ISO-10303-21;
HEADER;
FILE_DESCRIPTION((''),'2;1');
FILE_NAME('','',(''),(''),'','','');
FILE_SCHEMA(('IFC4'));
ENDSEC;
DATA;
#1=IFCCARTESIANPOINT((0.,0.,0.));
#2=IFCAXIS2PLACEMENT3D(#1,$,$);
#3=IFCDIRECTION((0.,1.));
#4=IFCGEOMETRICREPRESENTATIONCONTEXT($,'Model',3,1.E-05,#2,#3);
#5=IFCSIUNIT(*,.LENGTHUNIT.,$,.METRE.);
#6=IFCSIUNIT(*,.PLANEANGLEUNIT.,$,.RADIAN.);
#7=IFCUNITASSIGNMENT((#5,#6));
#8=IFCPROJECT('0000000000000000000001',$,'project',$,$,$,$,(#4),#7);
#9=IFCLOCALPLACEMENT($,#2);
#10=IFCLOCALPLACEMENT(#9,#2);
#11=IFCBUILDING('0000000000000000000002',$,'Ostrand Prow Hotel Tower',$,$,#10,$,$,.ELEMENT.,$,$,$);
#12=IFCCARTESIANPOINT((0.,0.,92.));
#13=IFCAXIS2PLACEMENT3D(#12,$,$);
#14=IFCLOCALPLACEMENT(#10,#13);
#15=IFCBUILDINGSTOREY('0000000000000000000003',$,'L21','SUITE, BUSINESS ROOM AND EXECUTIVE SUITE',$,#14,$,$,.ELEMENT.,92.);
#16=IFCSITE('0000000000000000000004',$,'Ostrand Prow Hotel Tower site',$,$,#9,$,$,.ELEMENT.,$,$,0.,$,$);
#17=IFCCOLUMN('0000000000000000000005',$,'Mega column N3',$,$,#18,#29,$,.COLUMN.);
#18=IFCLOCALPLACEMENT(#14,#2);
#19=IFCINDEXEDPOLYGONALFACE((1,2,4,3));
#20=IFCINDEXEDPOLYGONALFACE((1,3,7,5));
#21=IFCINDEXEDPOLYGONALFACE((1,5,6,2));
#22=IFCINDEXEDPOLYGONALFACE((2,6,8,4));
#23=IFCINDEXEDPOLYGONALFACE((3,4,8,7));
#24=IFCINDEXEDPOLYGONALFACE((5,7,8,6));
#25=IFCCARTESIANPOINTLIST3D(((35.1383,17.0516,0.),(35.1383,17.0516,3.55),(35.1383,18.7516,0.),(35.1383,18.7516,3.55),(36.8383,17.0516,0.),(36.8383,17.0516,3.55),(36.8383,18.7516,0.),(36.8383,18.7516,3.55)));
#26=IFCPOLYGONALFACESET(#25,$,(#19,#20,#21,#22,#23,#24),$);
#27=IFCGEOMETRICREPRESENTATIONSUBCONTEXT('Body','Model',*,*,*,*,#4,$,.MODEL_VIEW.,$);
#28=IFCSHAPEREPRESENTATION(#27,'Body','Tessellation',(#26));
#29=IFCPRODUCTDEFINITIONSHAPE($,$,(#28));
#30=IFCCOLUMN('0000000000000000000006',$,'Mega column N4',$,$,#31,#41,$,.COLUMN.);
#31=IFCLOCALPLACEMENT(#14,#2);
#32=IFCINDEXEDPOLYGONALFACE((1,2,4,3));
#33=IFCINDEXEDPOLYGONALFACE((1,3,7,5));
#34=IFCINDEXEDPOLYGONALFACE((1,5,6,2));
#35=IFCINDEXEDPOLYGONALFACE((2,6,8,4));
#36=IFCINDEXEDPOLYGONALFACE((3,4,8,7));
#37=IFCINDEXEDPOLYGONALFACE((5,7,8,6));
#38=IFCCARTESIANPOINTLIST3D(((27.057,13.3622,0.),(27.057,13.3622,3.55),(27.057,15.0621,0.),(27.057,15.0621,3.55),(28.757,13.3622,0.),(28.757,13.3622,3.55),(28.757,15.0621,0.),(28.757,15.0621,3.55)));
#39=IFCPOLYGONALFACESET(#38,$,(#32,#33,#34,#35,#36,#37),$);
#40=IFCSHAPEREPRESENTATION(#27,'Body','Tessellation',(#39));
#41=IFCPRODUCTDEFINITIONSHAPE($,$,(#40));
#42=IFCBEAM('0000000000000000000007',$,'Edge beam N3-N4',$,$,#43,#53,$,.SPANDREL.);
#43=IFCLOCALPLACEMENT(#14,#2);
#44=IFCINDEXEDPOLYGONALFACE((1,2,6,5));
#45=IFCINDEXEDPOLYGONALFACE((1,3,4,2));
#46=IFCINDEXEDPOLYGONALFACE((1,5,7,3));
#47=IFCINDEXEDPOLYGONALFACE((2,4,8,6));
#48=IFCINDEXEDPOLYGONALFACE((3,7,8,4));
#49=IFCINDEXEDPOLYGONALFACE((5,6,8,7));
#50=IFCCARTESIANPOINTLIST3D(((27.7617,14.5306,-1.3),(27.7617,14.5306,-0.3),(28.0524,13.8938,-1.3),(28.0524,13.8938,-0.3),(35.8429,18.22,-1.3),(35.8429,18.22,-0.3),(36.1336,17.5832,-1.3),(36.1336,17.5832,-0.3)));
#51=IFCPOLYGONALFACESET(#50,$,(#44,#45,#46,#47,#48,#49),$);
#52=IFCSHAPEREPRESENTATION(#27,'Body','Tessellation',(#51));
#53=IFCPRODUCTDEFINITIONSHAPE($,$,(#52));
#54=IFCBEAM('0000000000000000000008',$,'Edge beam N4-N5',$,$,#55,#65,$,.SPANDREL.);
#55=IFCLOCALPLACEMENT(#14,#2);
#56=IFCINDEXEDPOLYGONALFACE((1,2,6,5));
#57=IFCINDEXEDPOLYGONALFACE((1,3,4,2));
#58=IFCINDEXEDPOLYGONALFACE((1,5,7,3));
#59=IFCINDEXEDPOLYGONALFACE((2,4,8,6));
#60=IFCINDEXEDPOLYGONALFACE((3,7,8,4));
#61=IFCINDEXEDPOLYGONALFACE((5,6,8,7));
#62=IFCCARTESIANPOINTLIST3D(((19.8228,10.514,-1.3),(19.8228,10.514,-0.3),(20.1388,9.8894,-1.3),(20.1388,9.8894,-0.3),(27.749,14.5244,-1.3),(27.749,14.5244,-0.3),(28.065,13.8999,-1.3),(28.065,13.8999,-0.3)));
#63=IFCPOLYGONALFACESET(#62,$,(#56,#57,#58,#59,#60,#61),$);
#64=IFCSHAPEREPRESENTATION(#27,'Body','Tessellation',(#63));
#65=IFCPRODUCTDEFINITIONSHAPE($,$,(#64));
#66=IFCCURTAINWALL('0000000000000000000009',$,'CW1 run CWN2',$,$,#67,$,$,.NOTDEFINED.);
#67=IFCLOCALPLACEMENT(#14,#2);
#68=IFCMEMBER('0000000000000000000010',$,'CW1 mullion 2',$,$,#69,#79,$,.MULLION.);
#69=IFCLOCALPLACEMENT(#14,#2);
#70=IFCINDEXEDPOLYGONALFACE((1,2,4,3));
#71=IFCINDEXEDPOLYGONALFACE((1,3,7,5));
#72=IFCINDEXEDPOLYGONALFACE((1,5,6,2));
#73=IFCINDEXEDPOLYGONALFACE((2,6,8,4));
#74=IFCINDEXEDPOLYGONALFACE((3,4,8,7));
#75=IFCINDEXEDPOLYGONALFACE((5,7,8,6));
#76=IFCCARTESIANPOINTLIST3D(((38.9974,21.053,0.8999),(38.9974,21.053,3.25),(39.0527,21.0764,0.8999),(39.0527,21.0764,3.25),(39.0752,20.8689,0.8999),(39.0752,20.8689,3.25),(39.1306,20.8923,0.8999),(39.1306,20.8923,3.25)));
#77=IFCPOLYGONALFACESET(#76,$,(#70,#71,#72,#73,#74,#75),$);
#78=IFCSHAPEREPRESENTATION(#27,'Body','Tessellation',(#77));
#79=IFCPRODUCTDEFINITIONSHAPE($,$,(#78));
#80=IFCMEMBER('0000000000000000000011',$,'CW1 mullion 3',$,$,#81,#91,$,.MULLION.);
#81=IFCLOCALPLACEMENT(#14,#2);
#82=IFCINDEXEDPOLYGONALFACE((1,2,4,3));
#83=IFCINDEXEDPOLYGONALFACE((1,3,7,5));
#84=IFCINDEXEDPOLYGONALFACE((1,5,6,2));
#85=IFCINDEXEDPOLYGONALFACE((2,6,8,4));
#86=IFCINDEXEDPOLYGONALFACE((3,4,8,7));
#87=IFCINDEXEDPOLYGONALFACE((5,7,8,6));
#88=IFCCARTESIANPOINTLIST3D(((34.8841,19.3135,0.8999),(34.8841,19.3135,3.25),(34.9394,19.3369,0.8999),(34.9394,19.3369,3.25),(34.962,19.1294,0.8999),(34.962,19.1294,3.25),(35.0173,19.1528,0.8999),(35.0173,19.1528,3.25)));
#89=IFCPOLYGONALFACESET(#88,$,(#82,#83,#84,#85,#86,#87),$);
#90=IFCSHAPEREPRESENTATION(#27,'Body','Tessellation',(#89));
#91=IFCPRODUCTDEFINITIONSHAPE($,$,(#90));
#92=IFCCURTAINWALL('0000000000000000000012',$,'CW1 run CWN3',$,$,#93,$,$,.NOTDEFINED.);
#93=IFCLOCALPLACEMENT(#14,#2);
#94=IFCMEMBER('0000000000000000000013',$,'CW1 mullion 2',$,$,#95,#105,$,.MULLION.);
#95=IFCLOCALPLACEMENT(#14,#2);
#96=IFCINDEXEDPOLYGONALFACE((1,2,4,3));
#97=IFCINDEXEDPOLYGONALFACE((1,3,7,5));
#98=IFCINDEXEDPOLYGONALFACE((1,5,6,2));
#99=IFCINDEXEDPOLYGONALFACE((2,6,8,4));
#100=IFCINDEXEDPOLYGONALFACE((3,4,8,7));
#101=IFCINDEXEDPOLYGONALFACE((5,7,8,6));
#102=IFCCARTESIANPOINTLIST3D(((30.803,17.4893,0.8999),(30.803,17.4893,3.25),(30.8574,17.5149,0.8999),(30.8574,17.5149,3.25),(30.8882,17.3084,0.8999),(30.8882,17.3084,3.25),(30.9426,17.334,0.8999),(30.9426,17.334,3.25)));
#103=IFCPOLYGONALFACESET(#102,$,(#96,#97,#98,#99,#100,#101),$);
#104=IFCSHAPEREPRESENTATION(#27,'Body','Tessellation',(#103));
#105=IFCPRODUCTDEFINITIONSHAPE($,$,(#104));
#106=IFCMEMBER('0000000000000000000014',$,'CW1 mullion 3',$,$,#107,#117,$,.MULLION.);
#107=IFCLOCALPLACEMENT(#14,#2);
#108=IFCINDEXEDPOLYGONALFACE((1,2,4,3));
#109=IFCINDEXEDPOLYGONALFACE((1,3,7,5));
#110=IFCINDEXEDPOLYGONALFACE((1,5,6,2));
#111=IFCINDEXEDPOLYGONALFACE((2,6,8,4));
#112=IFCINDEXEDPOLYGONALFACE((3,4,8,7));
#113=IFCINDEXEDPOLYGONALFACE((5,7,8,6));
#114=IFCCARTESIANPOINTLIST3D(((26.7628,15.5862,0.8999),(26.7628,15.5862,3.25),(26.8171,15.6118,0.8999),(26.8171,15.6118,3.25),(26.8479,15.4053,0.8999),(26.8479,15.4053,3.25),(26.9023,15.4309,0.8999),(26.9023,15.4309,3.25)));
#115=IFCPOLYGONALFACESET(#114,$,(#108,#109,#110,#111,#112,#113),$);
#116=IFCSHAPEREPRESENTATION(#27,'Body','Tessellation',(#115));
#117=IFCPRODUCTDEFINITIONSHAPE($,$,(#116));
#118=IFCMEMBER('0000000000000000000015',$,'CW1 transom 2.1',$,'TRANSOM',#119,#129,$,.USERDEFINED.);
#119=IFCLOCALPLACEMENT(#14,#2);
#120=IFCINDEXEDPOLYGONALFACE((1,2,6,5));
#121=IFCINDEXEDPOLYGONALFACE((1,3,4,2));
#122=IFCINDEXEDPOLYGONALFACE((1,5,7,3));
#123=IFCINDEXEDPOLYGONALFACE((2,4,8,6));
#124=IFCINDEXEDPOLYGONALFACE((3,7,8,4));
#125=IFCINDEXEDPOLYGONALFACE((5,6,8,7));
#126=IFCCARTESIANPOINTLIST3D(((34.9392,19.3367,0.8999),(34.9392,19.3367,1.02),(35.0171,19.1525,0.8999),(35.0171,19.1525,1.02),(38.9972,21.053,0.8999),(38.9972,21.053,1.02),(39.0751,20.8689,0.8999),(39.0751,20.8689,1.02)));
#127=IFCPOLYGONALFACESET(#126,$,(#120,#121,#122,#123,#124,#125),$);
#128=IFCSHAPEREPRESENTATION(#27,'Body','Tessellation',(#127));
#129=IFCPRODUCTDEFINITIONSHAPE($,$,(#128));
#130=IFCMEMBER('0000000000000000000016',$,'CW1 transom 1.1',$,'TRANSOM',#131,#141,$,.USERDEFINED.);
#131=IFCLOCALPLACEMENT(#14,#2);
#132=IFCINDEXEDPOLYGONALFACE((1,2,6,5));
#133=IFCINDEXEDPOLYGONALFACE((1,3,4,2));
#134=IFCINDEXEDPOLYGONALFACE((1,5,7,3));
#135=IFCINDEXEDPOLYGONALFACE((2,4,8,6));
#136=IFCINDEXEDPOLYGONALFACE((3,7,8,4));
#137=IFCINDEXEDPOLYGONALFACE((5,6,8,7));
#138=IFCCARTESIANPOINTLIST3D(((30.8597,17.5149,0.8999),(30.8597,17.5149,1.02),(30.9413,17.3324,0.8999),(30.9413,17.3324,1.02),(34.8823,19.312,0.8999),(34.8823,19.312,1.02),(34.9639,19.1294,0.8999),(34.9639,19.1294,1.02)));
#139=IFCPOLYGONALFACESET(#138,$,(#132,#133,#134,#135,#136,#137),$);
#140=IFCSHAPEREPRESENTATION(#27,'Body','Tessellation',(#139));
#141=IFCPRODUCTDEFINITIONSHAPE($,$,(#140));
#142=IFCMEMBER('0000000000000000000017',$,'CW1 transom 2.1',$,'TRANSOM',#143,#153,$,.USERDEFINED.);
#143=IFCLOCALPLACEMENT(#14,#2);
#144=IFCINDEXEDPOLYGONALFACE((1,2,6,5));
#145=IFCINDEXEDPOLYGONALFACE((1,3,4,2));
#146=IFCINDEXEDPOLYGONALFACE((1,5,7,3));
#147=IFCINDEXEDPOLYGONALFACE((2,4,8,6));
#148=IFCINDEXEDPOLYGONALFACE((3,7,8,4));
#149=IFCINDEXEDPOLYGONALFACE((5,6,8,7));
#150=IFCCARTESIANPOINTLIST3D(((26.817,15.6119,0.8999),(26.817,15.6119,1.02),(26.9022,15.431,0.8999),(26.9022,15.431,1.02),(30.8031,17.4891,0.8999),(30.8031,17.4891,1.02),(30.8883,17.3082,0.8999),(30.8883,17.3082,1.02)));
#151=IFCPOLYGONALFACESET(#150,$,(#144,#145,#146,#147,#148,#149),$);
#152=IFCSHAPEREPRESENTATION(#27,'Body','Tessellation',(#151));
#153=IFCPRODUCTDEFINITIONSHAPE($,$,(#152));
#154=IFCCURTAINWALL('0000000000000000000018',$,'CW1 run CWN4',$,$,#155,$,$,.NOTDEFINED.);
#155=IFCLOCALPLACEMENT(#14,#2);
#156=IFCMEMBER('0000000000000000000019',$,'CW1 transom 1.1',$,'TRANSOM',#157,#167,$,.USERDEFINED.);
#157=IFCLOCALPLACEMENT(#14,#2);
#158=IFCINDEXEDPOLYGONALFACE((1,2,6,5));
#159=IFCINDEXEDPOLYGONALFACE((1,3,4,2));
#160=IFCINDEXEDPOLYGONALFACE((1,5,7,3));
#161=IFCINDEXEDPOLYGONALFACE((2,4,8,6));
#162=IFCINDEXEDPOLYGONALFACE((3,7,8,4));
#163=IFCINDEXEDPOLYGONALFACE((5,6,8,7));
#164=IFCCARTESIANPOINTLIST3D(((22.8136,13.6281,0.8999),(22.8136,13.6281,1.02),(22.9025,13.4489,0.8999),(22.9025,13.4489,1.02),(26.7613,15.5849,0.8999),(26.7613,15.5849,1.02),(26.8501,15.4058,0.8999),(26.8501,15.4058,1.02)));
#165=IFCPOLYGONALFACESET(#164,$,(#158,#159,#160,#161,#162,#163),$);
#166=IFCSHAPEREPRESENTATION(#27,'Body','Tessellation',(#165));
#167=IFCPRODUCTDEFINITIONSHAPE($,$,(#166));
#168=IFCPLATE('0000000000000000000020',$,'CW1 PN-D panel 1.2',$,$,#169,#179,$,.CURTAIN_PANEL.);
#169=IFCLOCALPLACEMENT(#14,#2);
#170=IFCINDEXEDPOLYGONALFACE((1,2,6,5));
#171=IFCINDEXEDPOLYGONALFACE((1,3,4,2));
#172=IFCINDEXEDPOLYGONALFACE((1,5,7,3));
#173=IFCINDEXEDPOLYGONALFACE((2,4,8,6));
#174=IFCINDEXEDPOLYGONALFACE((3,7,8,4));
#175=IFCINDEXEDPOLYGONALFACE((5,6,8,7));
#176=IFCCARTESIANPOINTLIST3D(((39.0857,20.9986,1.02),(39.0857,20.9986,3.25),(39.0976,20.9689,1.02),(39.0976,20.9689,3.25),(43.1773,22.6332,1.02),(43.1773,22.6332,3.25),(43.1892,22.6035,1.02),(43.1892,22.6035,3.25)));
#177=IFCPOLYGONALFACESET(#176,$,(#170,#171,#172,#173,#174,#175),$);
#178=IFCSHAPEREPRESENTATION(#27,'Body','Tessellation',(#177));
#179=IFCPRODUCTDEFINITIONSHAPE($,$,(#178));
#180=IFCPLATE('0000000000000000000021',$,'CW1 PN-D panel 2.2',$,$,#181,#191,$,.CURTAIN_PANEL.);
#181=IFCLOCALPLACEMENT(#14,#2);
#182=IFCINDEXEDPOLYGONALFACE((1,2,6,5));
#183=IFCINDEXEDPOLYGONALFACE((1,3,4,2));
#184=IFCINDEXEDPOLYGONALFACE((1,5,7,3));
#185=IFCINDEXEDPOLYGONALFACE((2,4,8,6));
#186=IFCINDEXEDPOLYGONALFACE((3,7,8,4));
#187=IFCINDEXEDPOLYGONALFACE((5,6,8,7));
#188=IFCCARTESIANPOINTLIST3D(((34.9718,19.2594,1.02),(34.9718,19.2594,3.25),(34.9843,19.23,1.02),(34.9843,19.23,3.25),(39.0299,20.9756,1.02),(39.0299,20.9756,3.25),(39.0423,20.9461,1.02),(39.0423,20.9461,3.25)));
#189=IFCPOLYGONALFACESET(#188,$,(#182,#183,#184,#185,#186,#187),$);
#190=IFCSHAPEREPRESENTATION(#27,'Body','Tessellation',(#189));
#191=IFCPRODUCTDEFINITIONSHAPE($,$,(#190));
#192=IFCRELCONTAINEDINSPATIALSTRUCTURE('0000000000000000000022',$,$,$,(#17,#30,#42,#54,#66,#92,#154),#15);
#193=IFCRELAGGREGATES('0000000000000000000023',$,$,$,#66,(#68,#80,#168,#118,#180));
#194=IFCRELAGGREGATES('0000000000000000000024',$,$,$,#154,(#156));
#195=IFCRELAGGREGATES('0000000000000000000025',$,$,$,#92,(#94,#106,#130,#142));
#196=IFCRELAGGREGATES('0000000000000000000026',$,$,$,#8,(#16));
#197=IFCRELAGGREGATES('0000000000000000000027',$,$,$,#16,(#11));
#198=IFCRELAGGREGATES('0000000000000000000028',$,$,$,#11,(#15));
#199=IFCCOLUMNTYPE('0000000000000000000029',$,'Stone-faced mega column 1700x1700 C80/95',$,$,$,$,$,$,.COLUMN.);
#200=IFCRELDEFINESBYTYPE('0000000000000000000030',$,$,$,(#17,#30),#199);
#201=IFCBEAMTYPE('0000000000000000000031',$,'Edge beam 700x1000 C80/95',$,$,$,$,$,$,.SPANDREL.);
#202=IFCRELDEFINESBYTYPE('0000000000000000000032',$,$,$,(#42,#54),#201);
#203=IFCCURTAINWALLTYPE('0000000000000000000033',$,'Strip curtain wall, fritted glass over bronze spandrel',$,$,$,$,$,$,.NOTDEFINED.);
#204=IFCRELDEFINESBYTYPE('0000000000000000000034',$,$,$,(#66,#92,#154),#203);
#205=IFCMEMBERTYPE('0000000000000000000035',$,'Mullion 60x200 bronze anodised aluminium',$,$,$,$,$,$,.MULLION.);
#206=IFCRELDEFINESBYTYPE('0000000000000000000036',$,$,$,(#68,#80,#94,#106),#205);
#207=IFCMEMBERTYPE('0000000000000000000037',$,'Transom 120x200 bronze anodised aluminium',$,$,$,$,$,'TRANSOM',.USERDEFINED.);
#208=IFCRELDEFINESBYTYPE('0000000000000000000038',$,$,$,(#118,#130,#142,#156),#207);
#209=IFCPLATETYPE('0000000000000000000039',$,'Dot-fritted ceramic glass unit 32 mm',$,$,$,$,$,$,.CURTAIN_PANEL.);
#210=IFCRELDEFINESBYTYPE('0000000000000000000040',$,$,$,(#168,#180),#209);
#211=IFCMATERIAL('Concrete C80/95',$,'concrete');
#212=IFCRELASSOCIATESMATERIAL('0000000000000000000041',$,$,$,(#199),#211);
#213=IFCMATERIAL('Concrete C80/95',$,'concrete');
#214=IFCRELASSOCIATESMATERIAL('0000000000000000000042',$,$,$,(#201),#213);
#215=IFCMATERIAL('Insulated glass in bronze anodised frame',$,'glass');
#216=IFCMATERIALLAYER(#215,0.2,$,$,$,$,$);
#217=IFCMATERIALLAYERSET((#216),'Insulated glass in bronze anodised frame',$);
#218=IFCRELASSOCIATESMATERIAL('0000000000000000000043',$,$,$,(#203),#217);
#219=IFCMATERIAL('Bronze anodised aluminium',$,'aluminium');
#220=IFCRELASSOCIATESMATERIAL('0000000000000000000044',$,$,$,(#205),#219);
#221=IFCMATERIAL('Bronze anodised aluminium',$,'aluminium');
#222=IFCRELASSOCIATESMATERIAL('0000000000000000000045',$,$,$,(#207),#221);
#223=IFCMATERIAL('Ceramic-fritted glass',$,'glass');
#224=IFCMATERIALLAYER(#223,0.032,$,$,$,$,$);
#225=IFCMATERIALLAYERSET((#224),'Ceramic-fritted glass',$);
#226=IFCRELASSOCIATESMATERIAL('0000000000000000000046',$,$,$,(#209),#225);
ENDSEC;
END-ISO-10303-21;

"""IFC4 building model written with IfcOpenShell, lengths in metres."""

from ifc_helpers import new_model, si_unit, direction, frame, origin, origin_2d, place, context, subcontext, project, spatial, rectangle, extrude, material, layer, layer_set, material_profile, profile_set, type_object, element, aggregate, save


model = new_model("IFC4")

# Units and contexts
model_context = context("Model", 3, precision=1e-05, world=origin(), true_north=direction((0.0, 1.0)))
body_context = subcontext(model_context, "Body", "Model", "MODEL_VIEW")
ifc_project = project(units=[si_unit("LENGTHUNIT", "METRE"), si_unit("PLANEANGLEUNIT", "RADIAN")], contexts=[model_context])

# Site, building, storey
site_placement = place(None, origin())
site = spatial("IfcSite", under=ifc_project, at=site_placement, Name="Ostrand Prow Hotel Tower site", CompositionType="ELEMENT", RefElevation=0.0)
building_placement = place(site_placement, origin())
building = spatial("IfcBuilding", under=site, at=building_placement, Name="Ostrand Prow Hotel Tower", CompositionType="ELEMENT")
storey_placement = place(building_placement, frame((0.0, 0.0, 92.0)))
storey = spatial("IfcBuildingStorey", under=building, at=storey_placement, Name="L21", Description="SUITE, BUSINESS ROOM AND EXECUTIVE SUITE", CompositionType="ELEMENT", Elevation=92.0)

# Columns
ifc_material_1 = material(Name="Concrete C80/95", Category="concrete")
ifc_material_profile_1 = material_profile(ifc_material_1, rectangle(XDim=1.7, YDim=1.7, at=origin_2d()), Name="RC 1700x1700")
ifc_profile_set_1 = profile_set([ifc_material_profile_1], Name="Concrete C80/95")
column_type = type_object("IfcColumnType", Name="Stone-faced mega column 1700x1700 C80/95", PredefinedType="COLUMN", material=ifc_profile_set_1)
for number, where, z_axis, x_axis, name in (
    (1, (35.9883, 17.9016, 0.0), (0.0, 0.0, 1.0), (1.0, 0.0, 0.0), "Mega column N3"),
    (2, (27.907, 14.2122, 0.0), (0.0, 0.0, 1.0), (1.0, 0.0, 0.0), "Mega column N4"),
):
    element("IfcColumn", number, at=place(storey_placement, frame(where, z_axis=z_axis, x_axis=x_axis)), inside=storey, type_object=column_type, Name=name, PredefinedType="COLUMN", context=body_context, shape_type="SweptSolid", body=[
        extrude(rectangle(XDim=1.7, YDim=1.7, at=origin_2d()), origin(), (0.0, 0.0, 1.0), 3.55),
    ])

# Beams
ifc_material_2 = material(Name="Concrete C80/95", Category="concrete")
ifc_material_profile_2 = material_profile(ifc_material_2, rectangle(XDim=0.7, YDim=1.0, at=origin_2d()), Name="RC 700x1000")
ifc_profile_set_2 = profile_set([ifc_material_profile_2], Name="Concrete C80/95")
beam_type = type_object("IfcBeamType", Name="Edge beam 700x1000 C80/95", PredefinedType="SPANDREL", material=ifc_profile_set_2)
beam_1_placement = place(storey_placement, frame((35.9883, 17.9016, -0.8), z_axis=(-0.909681, -0.415308, 0.0), x_axis=(0.415308, -0.909681, 0.0)))
element("IfcBeam", 3, at=beam_1_placement, inside=storey, type_object=beam_type, Name="Edge beam N3-N4", PredefinedType="SPANDREL", context=body_context, shape_type="SweptSolid", body=[
    extrude(rectangle(XDim=0.7, YDim=1.0, at=origin_2d()), origin(), (0.0, 0.0, 1.0), 8.8835),
])
beam_2_placement = place(storey_placement, frame((27.907, 14.2122, -0.8), z_axis=(-0.892284, -0.451474, 0.0), x_axis=(0.451474, -0.892284, 0.0)))
element("IfcBeam", 4, at=beam_2_placement, inside=storey, type_object=beam_type, Name="Edge beam N4-N5", PredefinedType="SPANDREL", context=body_context, shape_type="SweptSolid", body=[
    extrude(rectangle(XDim=0.7, YDim=1.0, at=origin_2d()), origin(), (0.0, 0.0, 1.0), 8.8831),
])

# Curtain walls, members
ifc_material_3 = material(Name="Insulated glass in bronze anodised frame", Category="glass")
ifc_layer_1 = layer(ifc_material_3, 0.2)
ifc_layer_set_1 = layer_set([ifc_layer_1], Name="Insulated glass in bronze anodised frame")
curtain_wall_type = type_object("IfcCurtainWallType", Name="Strip curtain wall, fritted glass over bronze spandrel", PredefinedType="NOTDEFINED", material=ifc_layer_set_1)
curtain_wall_1_placement = place(storey_placement, origin())
curtain_wall_1 = element("IfcCurtainWall", 5, at=curtain_wall_1_placement, inside=storey, type_object=curtain_wall_type, Name="CW1 run CWN2", PredefinedType="NOTDEFINED")
ifc_material_4 = material(Name="Bronze anodised aluminium", Category="aluminium")
ifc_material_profile_3 = material_profile(ifc_material_4, rectangle(XDim=0.2, YDim=0.0601, at=origin_2d()), Name="Mullion 60x200 bronze anodised aluminium")
ifc_profile_set_3 = profile_set([ifc_material_profile_3], Name="Bronze anodised aluminium")
member_type_1 = type_object("IfcMemberType", Name="Mullion 60x200 bronze anodised aluminium", PredefinedType="MULLION", material=ifc_profile_set_3)
member_1_placement = place(storey_placement, frame((39.064, 20.9727, 0.8999), z_axis=(0.0, 0.0, 1.0), x_axis=(0.389507, -0.921024, 0.0)))
member_1 = element("IfcMember", 6, at=member_1_placement, type_object=member_type_1, Name="CW1 mullion 2", PredefinedType="MULLION", context=body_context, shape_type="SweptSolid", body=[
    extrude(rectangle(XDim=0.2, YDim=0.0601, at=origin_2d()), origin(), (0.0, 0.0, 1.0), 2.3501),
])
member_2_placement = place(storey_placement, frame((34.9507, 19.2332, 0.8999), z_axis=(0.0, 0.0, 1.0), x_axis=(0.389507, -0.921024, 0.0)))
member_2 = element("IfcMember", 7, at=member_2_placement, type_object=member_type_1, Name="CW1 mullion 3", PredefinedType="MULLION", context=body_context, shape_type="SweptSolid", body=[
    extrude(rectangle(XDim=0.2, YDim=0.0601, at=origin_2d()), origin(), (0.0, 0.0, 1.0), 2.3501),
])
curtain_wall_2_placement = place(storey_placement, origin())
curtain_wall_2 = element("IfcCurtainWall", 8, at=curtain_wall_2_placement, inside=storey, type_object=curtain_wall_type, Name="CW1 run CWN3", PredefinedType="NOTDEFINED")
member_3_placement = place(storey_placement, frame((30.8728, 17.4116, 0.8999), z_axis=(0.0, 0.0, 1.0), x_axis=(0.426079, -0.904686, 0.0)))
member_3 = element("IfcMember", 9, at=member_3_placement, type_object=member_type_1, Name="CW1 mullion 2", PredefinedType="MULLION", context=body_context, shape_type="SweptSolid", body=[
    extrude(rectangle(XDim=0.2, YDim=0.0601, at=origin_2d()), origin(), (0.0, 0.0, 1.0), 2.3501),
])
member_4_placement = place(storey_placement, frame((26.8325, 15.5085, 0.8999), z_axis=(0.0, 0.0, 1.0), x_axis=(0.426079, -0.904686, 0.0)))
member_4 = element("IfcMember", 10, at=member_4_placement, type_object=member_type_1, Name="CW1 mullion 3", PredefinedType="MULLION", context=body_context, shape_type="SweptSolid", body=[
    extrude(rectangle(XDim=0.2, YDim=0.0601, at=origin_2d()), origin(), (0.0, 0.0, 1.0), 2.3501),
])

# Members
ifc_material_5 = material(Name="Bronze anodised aluminium", Category="aluminium")
ifc_material_profile_4 = material_profile(ifc_material_5, rectangle(XDim=0.2, YDim=0.1201, at=origin_2d()), Name="Transom 120x200 bronze anodised aluminium")
ifc_profile_set_4 = profile_set([ifc_material_profile_4], Name="Bronze anodised aluminium")
member_type_2 = type_object("IfcMemberType", Name="Transom 120x200 bronze anodised aluminium", ElementType="TRANSOM", PredefinedType="USERDEFINED", material=ifc_profile_set_4)
member_5_placement = place(storey_placement, frame((39.0361, 20.9609, 0.96), z_axis=(-0.921006, -0.389548, 0.0), x_axis=(0.389548, -0.921006, 0.0)))
member_5 = element("IfcMember", 11, at=member_5_placement, type_object=member_type_2, Name="CW1 transom 2.1", ObjectType="TRANSOM", PredefinedType="USERDEFINED", context=body_context, shape_type="SweptSolid", body=[
    extrude(rectangle(XDim=0.2, YDim=0.1201, at=origin_2d()), origin(), (0.0, 0.0, 1.0), 4.406),
])
member_6_placement = place(storey_placement, frame((34.9231, 19.2207, 0.96), z_axis=(-0.913031, -0.407891, 0.0), x_axis=(0.407891, -0.913031, 0.0)))
member_6 = element("IfcMember", 12, at=member_6_placement, type_object=member_type_2, Name="CW1 transom 1.1", ObjectType="TRANSOM", PredefinedType="USERDEFINED", context=body_context, shape_type="SweptSolid", body=[
    extrude(rectangle(XDim=0.2, YDim=0.1201, at=origin_2d()), origin(), (0.0, 0.0, 1.0), 4.4058),
])
member_7_placement = place(storey_placement, frame((30.8457, 17.3987, 0.96), z_axis=(-0.904697, -0.426056, 0.0), x_axis=(0.426056, -0.904697, 0.0)))
member_7 = element("IfcMember", 13, at=member_7_placement, type_object=member_type_2, Name="CW1 transom 2.1", ObjectType="TRANSOM", PredefinedType="USERDEFINED", context=body_context, shape_type="SweptSolid", body=[
    extrude(rectangle(XDim=0.2, YDim=0.1201, at=origin_2d()), origin(), (0.0, 0.0, 1.0), 4.406),
])

# Curtain wall, member
curtain_wall_3_placement = place(storey_placement, origin())
curtain_wall_3 = element("IfcCurtainWall", 14, at=curtain_wall_3_placement, inside=storey, type_object=curtain_wall_type, Name="CW1 run CWN4", PredefinedType="NOTDEFINED")
member_8_placement = place(storey_placement, frame((26.8057, 15.4954, 0.96), z_axis=(-0.895962, -0.44413, 0.0), x_axis=(0.44413, -0.895962, 0.0)))
member_8 = element("IfcMember", 15, at=member_8_placement, type_object=member_type_2, Name="CW1 transom 1.1", ObjectType="TRANSOM", PredefinedType="USERDEFINED", context=body_context, shape_type="SweptSolid", body=[
    extrude(rectangle(XDim=0.2, YDim=0.1201, at=origin_2d()), origin(), (0.0, 0.0, 1.0), 4.406),
])

# Plates
ifc_material_6 = material(Name="Ceramic-fritted glass", Category="glass")
ifc_layer_2 = layer(ifc_material_6, 0.032)
ifc_layer_set_2 = layer_set([ifc_layer_2], Name="Ceramic-fritted glass")
plate_type_1 = type_object("IfcPlateType", Name="Dot-fritted ceramic glass unit 32 mm", PredefinedType="CURTAIN_PANEL", material=ifc_layer_set_2)
plate_1_placement = place(storey_placement, frame((41.1375, 21.801, 1.02), z_axis=(0.0, 0.0, 1.0), x_axis=(-0.92864, -0.370982, 0.0)))
plate_1 = element("IfcPlate", 16, at=plate_1_placement, type_object=plate_type_1, Name="CW1 PN-D panel 1.2", PredefinedType="CURTAIN_PANEL", context=body_context, shape_type="SweptSolid", body=[
    extrude(rectangle(XDim=4.406, YDim=0.032, at=origin_2d()), origin(), (0.0, 0.0, 1.0), 2.23),
])
plate_2_placement = place(storey_placement, frame((37.0071, 20.1028, 1.02), z_axis=(0.0, 0.0, 1.0), x_axis=(-0.921024, -0.389507, 0.0)))
plate_2 = element("IfcPlate", 17, at=plate_2_placement, type_object=plate_type_1, Name="CW1 PN-D panel 2.2", PredefinedType="CURTAIN_PANEL", context=body_context, shape_type="SweptSolid", body=[
    extrude(rectangle(XDim=4.406, YDim=0.032, at=origin_2d()), origin(), (0.0, 0.0, 1.0), 2.23),
])
aggregate(curtain_wall_1, [member_1, member_2, plate_1, member_5, plate_2])
aggregate(curtain_wall_3, [member_8])
aggregate(curtain_wall_2, [member_3, member_4, member_6, member_7])

save(model, "model.ifc")
